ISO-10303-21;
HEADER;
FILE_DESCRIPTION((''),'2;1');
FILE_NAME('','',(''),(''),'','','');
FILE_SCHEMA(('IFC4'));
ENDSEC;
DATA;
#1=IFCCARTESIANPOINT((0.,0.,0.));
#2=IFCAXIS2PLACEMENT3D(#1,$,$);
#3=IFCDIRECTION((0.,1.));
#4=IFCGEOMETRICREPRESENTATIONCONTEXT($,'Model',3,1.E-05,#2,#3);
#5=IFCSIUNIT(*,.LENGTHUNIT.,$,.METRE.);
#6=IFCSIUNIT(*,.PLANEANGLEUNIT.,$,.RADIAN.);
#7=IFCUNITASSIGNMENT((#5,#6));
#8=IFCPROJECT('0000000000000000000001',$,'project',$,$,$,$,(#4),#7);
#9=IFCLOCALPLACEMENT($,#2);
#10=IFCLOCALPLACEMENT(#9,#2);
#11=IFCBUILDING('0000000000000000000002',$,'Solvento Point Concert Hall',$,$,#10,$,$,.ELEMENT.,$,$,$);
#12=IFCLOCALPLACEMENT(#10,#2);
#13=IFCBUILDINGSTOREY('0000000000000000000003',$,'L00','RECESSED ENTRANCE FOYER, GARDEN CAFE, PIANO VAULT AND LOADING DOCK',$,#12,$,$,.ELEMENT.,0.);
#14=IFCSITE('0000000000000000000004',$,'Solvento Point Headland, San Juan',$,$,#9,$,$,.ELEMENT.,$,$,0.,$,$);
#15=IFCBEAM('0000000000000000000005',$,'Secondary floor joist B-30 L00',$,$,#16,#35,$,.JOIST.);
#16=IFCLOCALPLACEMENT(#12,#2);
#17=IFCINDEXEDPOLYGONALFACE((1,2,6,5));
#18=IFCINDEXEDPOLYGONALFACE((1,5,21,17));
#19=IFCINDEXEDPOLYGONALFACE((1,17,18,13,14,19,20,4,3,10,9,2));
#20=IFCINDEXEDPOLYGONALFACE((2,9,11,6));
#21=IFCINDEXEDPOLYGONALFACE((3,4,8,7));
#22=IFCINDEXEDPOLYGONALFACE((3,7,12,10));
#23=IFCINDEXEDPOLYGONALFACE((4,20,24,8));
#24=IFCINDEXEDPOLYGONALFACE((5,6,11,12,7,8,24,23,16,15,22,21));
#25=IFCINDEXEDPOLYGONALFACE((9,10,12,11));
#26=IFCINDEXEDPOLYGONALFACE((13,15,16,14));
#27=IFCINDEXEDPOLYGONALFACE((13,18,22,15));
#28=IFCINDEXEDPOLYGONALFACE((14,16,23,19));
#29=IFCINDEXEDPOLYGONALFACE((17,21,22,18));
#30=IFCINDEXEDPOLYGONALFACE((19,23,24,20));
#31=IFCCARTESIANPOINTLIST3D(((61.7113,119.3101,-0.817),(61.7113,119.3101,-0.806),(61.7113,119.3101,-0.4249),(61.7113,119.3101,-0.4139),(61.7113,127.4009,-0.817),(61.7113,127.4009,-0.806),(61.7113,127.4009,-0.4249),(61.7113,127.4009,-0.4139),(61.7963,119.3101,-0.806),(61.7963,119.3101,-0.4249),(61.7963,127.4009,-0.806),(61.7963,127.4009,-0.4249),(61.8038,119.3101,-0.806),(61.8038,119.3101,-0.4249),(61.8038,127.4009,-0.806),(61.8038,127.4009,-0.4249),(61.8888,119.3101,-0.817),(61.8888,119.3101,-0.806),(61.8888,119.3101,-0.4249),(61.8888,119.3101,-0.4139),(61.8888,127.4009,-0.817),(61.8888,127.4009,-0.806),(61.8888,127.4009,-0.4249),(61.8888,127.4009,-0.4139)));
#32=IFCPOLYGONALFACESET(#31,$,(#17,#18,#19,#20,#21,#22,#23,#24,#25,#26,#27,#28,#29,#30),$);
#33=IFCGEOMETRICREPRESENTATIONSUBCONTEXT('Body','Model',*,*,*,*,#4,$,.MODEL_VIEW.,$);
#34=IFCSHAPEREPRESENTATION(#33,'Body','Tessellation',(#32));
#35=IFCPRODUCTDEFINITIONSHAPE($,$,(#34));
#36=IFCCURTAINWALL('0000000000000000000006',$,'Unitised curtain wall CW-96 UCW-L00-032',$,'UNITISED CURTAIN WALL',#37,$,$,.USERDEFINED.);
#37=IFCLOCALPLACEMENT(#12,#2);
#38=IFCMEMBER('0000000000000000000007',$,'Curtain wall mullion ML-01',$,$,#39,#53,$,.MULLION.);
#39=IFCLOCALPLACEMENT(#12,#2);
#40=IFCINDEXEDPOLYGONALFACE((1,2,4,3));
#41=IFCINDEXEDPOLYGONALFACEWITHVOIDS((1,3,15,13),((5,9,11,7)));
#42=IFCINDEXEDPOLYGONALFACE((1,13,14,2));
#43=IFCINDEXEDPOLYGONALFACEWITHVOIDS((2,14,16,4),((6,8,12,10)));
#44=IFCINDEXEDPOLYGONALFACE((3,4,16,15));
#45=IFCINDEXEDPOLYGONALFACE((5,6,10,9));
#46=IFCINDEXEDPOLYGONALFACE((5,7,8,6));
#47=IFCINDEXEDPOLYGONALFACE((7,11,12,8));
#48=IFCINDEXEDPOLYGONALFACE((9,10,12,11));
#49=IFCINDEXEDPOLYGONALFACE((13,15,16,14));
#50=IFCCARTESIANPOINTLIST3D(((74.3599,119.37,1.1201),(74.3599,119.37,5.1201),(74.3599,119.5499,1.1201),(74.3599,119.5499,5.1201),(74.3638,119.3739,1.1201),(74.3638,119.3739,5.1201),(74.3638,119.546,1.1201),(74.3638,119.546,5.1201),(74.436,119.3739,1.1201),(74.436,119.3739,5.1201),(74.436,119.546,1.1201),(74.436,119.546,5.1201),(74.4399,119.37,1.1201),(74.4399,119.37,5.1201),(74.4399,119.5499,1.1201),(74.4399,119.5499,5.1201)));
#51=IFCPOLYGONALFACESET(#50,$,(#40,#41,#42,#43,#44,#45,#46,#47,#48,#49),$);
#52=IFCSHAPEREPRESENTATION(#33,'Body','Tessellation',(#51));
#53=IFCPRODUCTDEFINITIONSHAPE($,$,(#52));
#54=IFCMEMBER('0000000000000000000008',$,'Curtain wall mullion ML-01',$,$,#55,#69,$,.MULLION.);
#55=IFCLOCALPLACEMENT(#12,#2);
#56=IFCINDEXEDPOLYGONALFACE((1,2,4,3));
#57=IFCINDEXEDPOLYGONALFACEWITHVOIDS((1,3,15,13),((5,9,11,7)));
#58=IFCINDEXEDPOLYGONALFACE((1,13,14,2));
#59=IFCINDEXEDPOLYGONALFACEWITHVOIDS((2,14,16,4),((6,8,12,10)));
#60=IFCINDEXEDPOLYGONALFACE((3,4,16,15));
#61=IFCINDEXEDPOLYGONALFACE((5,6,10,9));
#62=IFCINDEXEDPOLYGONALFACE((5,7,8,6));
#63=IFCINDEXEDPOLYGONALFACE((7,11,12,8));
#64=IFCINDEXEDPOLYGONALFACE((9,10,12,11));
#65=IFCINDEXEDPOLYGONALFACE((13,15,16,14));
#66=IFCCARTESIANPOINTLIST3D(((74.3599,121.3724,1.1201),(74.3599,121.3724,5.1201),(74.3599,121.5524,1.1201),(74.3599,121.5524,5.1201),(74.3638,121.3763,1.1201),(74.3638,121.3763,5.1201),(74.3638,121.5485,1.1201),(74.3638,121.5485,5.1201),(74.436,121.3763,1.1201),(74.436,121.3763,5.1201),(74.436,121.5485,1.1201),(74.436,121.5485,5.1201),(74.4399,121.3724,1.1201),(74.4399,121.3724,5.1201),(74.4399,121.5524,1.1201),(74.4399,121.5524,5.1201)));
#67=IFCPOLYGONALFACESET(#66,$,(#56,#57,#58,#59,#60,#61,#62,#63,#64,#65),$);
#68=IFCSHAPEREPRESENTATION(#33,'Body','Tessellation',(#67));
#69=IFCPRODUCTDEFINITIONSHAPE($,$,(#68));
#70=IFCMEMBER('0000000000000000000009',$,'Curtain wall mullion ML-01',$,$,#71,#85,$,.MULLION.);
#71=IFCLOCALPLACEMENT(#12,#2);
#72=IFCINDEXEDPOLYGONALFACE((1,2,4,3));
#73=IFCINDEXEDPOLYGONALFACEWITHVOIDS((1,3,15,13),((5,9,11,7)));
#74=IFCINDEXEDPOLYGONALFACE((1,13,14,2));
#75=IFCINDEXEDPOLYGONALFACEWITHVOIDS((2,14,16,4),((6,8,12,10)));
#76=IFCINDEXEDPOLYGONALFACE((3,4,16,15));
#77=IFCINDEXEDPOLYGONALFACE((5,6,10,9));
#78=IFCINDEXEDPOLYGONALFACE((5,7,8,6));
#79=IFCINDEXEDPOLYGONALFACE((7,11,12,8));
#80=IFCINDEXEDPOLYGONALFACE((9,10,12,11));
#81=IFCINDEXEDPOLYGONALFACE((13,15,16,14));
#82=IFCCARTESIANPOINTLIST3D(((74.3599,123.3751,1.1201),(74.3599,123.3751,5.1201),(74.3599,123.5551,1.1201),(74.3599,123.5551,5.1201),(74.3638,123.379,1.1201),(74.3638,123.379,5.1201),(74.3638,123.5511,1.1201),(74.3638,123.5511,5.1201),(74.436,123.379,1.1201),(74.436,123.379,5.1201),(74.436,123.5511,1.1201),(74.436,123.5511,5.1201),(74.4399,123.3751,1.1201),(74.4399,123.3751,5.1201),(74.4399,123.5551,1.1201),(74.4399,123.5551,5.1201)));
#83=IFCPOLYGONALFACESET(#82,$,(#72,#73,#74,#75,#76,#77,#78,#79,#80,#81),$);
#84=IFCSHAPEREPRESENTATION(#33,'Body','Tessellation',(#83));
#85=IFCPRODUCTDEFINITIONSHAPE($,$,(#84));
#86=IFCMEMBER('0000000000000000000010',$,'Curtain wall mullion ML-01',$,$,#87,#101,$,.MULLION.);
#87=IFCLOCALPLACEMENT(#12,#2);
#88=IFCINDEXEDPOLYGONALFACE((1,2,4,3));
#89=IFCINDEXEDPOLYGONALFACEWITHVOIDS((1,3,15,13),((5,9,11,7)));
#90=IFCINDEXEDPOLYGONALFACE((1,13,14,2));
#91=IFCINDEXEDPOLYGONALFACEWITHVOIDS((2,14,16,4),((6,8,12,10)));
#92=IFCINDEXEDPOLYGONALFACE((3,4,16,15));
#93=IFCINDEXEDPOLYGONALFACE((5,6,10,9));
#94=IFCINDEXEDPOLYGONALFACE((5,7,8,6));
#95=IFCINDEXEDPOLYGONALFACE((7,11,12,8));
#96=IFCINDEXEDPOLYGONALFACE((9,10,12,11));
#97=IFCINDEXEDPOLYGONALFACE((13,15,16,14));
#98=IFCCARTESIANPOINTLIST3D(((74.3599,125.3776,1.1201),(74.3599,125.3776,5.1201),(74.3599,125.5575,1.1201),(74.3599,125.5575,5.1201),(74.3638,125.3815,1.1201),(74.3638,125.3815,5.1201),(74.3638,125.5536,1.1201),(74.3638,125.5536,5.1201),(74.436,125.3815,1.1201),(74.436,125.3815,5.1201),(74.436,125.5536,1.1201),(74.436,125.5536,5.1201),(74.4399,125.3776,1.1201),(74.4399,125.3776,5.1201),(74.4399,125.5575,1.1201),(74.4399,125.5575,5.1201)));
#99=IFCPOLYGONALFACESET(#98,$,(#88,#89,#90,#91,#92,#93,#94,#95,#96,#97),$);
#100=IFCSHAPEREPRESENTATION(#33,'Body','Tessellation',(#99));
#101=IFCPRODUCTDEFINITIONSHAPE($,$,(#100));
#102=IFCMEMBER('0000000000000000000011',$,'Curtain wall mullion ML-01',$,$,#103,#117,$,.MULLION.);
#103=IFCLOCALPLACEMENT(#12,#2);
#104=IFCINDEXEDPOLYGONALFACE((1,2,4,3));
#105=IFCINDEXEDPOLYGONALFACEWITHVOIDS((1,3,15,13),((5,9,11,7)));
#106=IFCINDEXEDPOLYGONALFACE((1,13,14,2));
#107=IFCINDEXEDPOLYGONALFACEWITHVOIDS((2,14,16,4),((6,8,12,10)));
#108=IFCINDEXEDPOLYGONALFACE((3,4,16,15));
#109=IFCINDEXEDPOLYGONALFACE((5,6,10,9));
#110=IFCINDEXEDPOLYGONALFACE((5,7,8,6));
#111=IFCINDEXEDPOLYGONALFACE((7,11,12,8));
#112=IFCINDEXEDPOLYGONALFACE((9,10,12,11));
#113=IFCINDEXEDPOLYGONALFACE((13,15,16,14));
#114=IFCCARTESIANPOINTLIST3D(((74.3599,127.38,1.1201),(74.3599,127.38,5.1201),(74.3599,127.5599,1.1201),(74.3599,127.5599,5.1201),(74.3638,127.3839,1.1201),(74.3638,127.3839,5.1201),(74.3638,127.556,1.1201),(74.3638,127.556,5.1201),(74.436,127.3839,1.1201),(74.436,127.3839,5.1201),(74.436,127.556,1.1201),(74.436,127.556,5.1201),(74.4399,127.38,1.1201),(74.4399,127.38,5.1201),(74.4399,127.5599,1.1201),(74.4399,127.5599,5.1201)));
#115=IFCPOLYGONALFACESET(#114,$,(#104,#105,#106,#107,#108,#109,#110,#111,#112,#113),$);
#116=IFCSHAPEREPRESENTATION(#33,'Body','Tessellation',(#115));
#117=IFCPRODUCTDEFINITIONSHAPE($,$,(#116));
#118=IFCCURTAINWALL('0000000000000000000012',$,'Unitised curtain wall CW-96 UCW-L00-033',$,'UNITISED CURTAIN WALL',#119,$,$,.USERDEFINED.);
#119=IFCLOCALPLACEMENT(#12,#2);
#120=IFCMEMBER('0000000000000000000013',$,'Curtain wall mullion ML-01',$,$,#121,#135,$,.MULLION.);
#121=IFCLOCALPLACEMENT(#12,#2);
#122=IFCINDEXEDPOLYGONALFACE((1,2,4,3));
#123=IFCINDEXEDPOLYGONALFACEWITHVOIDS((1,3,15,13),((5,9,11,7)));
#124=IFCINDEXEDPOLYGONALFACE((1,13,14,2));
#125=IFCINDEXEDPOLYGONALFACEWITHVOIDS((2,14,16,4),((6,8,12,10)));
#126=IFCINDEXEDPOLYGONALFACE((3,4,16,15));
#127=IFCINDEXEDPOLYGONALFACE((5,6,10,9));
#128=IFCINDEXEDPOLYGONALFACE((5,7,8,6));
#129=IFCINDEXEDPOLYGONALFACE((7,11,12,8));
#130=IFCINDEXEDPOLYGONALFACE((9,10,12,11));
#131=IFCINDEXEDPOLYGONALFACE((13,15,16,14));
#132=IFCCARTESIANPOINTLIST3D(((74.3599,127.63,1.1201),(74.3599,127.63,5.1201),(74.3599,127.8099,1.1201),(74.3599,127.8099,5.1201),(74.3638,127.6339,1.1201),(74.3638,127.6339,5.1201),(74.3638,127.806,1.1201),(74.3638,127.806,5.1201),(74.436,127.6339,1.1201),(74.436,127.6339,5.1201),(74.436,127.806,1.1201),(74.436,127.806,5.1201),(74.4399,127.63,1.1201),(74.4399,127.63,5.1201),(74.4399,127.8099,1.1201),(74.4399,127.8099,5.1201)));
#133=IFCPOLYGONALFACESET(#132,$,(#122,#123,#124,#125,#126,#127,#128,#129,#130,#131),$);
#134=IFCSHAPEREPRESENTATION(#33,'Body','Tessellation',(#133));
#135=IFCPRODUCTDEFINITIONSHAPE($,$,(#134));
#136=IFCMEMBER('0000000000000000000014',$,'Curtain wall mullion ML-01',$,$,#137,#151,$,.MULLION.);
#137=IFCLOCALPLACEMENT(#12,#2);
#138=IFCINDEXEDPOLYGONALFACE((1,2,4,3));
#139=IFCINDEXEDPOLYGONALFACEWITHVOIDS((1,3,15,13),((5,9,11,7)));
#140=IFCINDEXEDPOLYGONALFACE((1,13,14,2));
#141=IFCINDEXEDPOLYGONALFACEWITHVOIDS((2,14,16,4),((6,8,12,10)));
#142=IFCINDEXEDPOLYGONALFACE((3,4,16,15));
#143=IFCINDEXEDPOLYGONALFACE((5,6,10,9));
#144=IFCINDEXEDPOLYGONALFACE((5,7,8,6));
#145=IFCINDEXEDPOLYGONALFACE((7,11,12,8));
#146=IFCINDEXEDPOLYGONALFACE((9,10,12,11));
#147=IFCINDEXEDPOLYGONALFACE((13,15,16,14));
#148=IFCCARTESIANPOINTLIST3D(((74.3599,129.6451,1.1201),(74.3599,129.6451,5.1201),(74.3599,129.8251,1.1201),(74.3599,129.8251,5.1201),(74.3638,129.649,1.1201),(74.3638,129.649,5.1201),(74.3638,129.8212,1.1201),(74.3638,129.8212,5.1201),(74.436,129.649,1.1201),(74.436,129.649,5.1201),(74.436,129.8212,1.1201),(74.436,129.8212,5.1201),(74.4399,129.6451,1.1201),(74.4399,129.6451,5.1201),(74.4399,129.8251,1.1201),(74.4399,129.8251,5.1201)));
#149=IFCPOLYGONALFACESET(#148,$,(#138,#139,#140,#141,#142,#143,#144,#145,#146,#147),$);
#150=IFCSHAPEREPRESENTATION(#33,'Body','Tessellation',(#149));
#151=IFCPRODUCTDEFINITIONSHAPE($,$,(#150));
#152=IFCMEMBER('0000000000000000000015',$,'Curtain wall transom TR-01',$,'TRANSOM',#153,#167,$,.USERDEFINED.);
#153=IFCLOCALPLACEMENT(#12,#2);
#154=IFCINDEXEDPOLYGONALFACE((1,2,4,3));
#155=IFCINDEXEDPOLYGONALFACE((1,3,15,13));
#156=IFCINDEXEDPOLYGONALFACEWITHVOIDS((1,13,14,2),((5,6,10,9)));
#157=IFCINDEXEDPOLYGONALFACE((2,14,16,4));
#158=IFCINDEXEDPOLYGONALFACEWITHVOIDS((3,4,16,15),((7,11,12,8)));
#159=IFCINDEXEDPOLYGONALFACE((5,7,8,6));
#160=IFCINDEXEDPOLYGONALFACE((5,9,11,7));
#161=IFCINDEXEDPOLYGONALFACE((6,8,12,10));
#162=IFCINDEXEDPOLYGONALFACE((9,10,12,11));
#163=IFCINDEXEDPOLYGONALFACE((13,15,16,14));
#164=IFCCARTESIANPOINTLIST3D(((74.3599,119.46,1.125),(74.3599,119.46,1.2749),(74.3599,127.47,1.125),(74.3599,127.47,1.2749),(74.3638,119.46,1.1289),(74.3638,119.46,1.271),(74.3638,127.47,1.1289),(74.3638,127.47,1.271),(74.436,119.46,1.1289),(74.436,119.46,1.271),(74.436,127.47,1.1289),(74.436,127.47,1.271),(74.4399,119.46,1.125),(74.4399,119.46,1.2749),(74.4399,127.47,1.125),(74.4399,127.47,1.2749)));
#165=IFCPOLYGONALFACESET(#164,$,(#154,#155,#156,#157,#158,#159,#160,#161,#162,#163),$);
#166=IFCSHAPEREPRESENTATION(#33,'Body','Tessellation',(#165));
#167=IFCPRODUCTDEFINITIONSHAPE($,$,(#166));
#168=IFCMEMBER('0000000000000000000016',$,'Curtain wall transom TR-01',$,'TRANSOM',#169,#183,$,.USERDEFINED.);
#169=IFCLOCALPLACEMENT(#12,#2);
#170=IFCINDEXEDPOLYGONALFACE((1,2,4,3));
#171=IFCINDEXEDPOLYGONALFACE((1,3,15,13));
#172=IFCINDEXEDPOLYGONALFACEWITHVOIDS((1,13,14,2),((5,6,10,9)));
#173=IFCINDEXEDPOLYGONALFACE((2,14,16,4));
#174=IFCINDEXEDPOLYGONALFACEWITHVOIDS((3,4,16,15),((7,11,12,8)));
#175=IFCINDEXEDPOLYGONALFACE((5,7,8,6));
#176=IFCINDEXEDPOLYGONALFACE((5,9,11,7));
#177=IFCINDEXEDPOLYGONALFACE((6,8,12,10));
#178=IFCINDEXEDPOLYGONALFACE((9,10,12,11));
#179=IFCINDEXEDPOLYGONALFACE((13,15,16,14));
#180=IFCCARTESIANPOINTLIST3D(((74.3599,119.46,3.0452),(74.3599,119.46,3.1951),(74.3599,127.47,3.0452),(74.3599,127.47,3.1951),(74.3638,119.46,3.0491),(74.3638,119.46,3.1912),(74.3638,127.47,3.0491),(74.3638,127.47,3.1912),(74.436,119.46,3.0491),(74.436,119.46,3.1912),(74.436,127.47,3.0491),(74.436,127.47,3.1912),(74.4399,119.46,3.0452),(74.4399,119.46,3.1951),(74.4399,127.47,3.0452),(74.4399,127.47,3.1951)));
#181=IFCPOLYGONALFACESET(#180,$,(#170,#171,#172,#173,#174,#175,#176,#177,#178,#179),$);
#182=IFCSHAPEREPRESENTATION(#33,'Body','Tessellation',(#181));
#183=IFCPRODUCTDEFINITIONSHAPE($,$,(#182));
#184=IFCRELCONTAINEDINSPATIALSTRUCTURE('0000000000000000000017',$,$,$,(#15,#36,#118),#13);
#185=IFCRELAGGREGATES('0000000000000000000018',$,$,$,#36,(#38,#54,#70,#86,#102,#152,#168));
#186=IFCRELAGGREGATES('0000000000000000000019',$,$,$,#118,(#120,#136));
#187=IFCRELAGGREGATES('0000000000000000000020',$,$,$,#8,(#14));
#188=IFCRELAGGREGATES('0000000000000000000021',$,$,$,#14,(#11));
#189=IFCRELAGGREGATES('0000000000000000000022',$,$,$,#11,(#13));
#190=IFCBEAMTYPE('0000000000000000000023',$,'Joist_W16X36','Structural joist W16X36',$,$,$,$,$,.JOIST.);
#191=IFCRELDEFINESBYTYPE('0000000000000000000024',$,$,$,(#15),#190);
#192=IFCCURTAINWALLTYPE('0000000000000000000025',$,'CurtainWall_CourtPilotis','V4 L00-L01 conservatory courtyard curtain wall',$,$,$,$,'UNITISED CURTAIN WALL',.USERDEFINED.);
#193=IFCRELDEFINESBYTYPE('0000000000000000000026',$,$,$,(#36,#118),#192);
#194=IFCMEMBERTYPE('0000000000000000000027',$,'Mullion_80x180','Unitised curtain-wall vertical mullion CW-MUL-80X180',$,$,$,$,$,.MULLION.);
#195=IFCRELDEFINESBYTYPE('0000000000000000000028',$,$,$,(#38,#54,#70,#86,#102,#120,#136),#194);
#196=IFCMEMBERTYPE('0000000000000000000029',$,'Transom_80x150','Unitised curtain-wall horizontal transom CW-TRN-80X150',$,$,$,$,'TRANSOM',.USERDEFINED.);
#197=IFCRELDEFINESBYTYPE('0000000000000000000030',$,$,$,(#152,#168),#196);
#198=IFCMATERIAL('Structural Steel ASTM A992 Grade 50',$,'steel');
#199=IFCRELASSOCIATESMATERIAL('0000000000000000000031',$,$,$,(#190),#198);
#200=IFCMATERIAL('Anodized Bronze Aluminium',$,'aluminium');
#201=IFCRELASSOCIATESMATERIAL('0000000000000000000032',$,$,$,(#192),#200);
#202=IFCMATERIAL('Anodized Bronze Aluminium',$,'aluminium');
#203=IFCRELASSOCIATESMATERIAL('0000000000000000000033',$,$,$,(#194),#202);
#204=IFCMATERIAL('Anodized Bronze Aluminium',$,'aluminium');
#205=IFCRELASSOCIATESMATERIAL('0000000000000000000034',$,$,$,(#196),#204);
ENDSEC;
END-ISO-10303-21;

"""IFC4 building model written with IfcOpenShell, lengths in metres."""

from ifc_helpers import new_model, si_unit, direction, frame, origin, origin_2d, place, context, subcontext, project, spatial, hollow_rectangle, i_section, extrude, material, material_profile, profile_set, type_object, element, aggregate, save


model = new_model("IFC4")

# Units and contexts
model_context = context("Model", 3, precision=1e-05, world=origin(), true_north=direction((0.0, 1.0)))
body_context = subcontext(model_context, "Body", "Model", "MODEL_VIEW")
ifc_project = project(units=[si_unit("LENGTHUNIT", "METRE"), si_unit("PLANEANGLEUNIT", "RADIAN")], contexts=[model_context])

# Site, building, storey
site_placement = place(None, origin())
site = spatial("IfcSite", under=ifc_project, at=site_placement, Name="Solvento Point Headland, San Juan", CompositionType="ELEMENT", RefElevation=0.0)
building_placement = place(site_placement, origin())
building = spatial("IfcBuilding", under=site, at=building_placement, Name="Solvento Point Concert Hall", CompositionType="ELEMENT")
storey_placement = place(building_placement, origin())
storey = spatial("IfcBuildingStorey", under=building, at=storey_placement, Name="L00", Description="RECESSED ENTRANCE FOYER, GARDEN CAFE, PIANO VAULT AND LOADING DOCK", CompositionType="ELEMENT", Elevation=0.0)

# Beam
ifc_material_1 = material(Name="Structural Steel ASTM A992 Grade 50", Category="steel")
ifc_material_profile_1 = material_profile(ifc_material_1, i_section(OverallWidth=0.1775, OverallDepth=0.4031, WebThickness=0.0076, FlangeThickness=0.011, at=origin_2d()), Name="W16X36")
ifc_profile_set_1 = profile_set([ifc_material_profile_1], Name="Structural Steel ASTM A992 Grade 50")
beam_type_1 = type_object("IfcBeamType", Name="Joist_W16X36", Description="Structural joist W16X36", PredefinedType="JOIST", material=ifc_profile_set_1)
beam_1_placement = place(storey_placement, frame((61.8, 119.3101, -0.6155), z_axis=(0.0, 1.0, 0.0), x_axis=(-1.0, 0.0, 0.0)))
element("IfcBeam", 1, at=beam_1_placement, inside=storey, type_object=beam_type_1, Name="Secondary floor joist B-30 L00", PredefinedType="JOIST", context=body_context, shape_type="SweptSolid", body=[
    extrude(i_section(OverallWidth=0.1775, OverallDepth=0.4031, WebThickness=0.0076, FlangeThickness=0.011, at=origin_2d()), origin(), (0.0, 0.0, 1.0), 8.0908),
])

# Curtain walls, members
ifc_material_2 = material(Name="Anodized Bronze Aluminium", Category="aluminium")
curtain_wall_type = type_object("IfcCurtainWallType", Name="CurtainWall_CourtPilotis", Description="V4 L00-L01 conservatory courtyard curtain wall", ElementType="UNITISED CURTAIN WALL", PredefinedType="USERDEFINED", material=ifc_material_2)
curtain_wall_1_placement = place(storey_placement, origin())
curtain_wall_1 = element("IfcCurtainWall", 2, at=curtain_wall_1_placement, inside=storey, type_object=curtain_wall_type, Name="Unitised curtain wall CW-96 UCW-L00-032", ObjectType="UNITISED CURTAIN WALL", PredefinedType="USERDEFINED")
ifc_material_3 = material(Name="Anodized Bronze Aluminium", Category="aluminium")
ifc_material_profile_2 = material_profile(ifc_material_3, hollow_rectangle(XDim=0.0801, YDim=0.1799, WallThickness=0.0039, at=origin_2d()), Name="CW-MUL-80X180")
ifc_profile_set_2 = profile_set([ifc_material_profile_2], Name="Anodized Bronze Aluminium")
member_type_1 = type_object("IfcMemberType", Name="Mullion_80x180", Description="Unitised curtain-wall vertical mullion CW-MUL-80X180", PredefinedType="MULLION", material=ifc_profile_set_2)
member_1_placement = place(storey_placement, frame((74.3999, 119.46, 1.1201), z_axis=(0.0, 0.0, 1.0), x_axis=(1.0, 0.0, 0.0)))
member_1 = element("IfcMember", 3, at=member_1_placement, type_object=member_type_1, Name="Curtain wall mullion ML-01", PredefinedType="MULLION", context=body_context, shape_type="SweptSolid", body=[
    extrude(hollow_rectangle(XDim=0.0801, YDim=0.1799, WallThickness=0.0039, at=origin_2d()), origin(), (0.0, 0.0, 1.0), 4.0),
])
member_2_placement = place(storey_placement, frame((74.3999, 121.4624, 1.1201), z_axis=(0.0, 0.0, 1.0), x_axis=(1.0, 0.0, 0.0)))
member_2 = element("IfcMember", 4, at=member_2_placement, type_object=member_type_1, Name="Curtain wall mullion ML-01", PredefinedType="MULLION", context=body_context, shape_type="SweptSolid", body=[
    extrude(hollow_rectangle(XDim=0.0801, YDim=0.1799, WallThickness=0.0039, at=origin_2d()), origin(), (0.0, 0.0, 1.0), 4.0),
])
member_3_placement = place(storey_placement, frame((74.3999, 123.4651, 1.1201), z_axis=(0.0, 0.0, 1.0), x_axis=(1.0, 0.0, 0.0)))
member_3 = element("IfcMember", 5, at=member_3_placement, type_object=member_type_1, Name="Curtain wall mullion ML-01", PredefinedType="MULLION", context=body_context, shape_type="SweptSolid", body=[
    extrude(hollow_rectangle(XDim=0.0801, YDim=0.1799, WallThickness=0.0039, at=origin_2d()), origin(), (0.0, 0.0, 1.0), 4.0),
])
member_4_placement = place(storey_placement, frame((74.3999, 125.4675, 1.1201), z_axis=(0.0, 0.0, 1.0), x_axis=(1.0, 0.0, 0.0)))
member_4 = element("IfcMember", 6, at=member_4_placement, type_object=member_type_1, Name="Curtain wall mullion ML-01", PredefinedType="MULLION", context=body_context, shape_type="SweptSolid", body=[
    extrude(hollow_rectangle(XDim=0.0801, YDim=0.1799, WallThickness=0.0039, at=origin_2d()), origin(), (0.0, 0.0, 1.0), 4.0),
])
member_5_placement = place(storey_placement, frame((74.3999, 127.47, 1.1201), z_axis=(0.0, 0.0, 1.0), x_axis=(1.0, 0.0, 0.0)))
member_5 = element("IfcMember", 7, at=member_5_placement, type_object=member_type_1, Name="Curtain wall mullion ML-01", PredefinedType="MULLION", context=body_context, shape_type="SweptSolid", body=[
    extrude(hollow_rectangle(XDim=0.0801, YDim=0.1799, WallThickness=0.0039, at=origin_2d()), origin(), (0.0, 0.0, 1.0), 4.0),
])
curtain_wall_2_placement = place(storey_placement, origin())
curtain_wall_2 = element("IfcCurtainWall", 8, at=curtain_wall_2_placement, inside=storey, type_object=curtain_wall_type, Name="Unitised curtain wall CW-96 UCW-L00-033", ObjectType="UNITISED CURTAIN WALL", PredefinedType="USERDEFINED")
member_6_placement = place(storey_placement, frame((74.3999, 127.72, 1.1201), z_axis=(0.0, 0.0, 1.0), x_axis=(1.0, 0.0, 0.0)))
member_6 = element("IfcMember", 9, at=member_6_placement, type_object=member_type_1, Name="Curtain wall mullion ML-01", PredefinedType="MULLION", context=body_context, shape_type="SweptSolid", body=[
    extrude(hollow_rectangle(XDim=0.0801, YDim=0.1799, WallThickness=0.0039, at=origin_2d()), origin(), (0.0, 0.0, 1.0), 4.0),
])
member_7_placement = place(storey_placement, frame((74.3999, 129.7351, 1.1201), z_axis=(0.0, 0.0, 1.0), x_axis=(1.0, 0.0, 0.0)))
member_7 = element("IfcMember", 10, at=member_7_placement, type_object=member_type_1, Name="Curtain wall mullion ML-01", PredefinedType="MULLION", context=body_context, shape_type="SweptSolid", body=[
    extrude(hollow_rectangle(XDim=0.0801, YDim=0.1799, WallThickness=0.0039, at=origin_2d()), origin(), (0.0, 0.0, 1.0), 4.0),
])

# Members
ifc_material_4 = material(Name="Anodized Bronze Aluminium", Category="aluminium")
ifc_material_profile_3 = material_profile(ifc_material_4, hollow_rectangle(XDim=0.0801, YDim=0.1499, WallThickness=0.0039, at=origin_2d()), Name="CW-TRN-80X150")
ifc_profile_set_3 = profile_set([ifc_material_profile_3], Name="Anodized Bronze Aluminium")
member_type_2 = type_object("IfcMemberType", Name="Transom_80x150", Description="Unitised curtain-wall horizontal transom CW-TRN-80X150", ElementType="TRANSOM", PredefinedType="USERDEFINED", material=ifc_profile_set_3)
member_8_placement = place(storey_placement, frame((74.3999, 119.46, 1.2), z_axis=(0.0, 1.0, 0.0), x_axis=(-1.0, 0.0, 0.0)))
member_8 = element("IfcMember", 11, at=member_8_placement, type_object=member_type_2, Name="Curtain wall transom TR-01", ObjectType="TRANSOM", PredefinedType="USERDEFINED", context=body_context, shape_type="SweptSolid", body=[
    extrude(hollow_rectangle(XDim=0.0801, YDim=0.1499, WallThickness=0.0039, at=origin_2d()), origin(), (0.0, 0.0, 1.0), 8.01),
])
member_9_placement = place(storey_placement, frame((74.3999, 119.46, 3.1201), z_axis=(0.0, 1.0, 0.0), x_axis=(-1.0, 0.0, 0.0)))
member_9 = element("IfcMember", 12, at=member_9_placement, type_object=member_type_2, Name="Curtain wall transom TR-01", ObjectType="TRANSOM", PredefinedType="USERDEFINED", context=body_context, shape_type="SweptSolid", body=[
    extrude(hollow_rectangle(XDim=0.0801, YDim=0.1499, WallThickness=0.0039, at=origin_2d()), origin(), (0.0, 0.0, 1.0), 8.01),
])

aggregate(curtain_wall_1, [member_1, member_2, member_3, member_4, member_5, member_8, member_9])
aggregate(curtain_wall_2, [member_6, member_7])

save(model, "model.ifc")
